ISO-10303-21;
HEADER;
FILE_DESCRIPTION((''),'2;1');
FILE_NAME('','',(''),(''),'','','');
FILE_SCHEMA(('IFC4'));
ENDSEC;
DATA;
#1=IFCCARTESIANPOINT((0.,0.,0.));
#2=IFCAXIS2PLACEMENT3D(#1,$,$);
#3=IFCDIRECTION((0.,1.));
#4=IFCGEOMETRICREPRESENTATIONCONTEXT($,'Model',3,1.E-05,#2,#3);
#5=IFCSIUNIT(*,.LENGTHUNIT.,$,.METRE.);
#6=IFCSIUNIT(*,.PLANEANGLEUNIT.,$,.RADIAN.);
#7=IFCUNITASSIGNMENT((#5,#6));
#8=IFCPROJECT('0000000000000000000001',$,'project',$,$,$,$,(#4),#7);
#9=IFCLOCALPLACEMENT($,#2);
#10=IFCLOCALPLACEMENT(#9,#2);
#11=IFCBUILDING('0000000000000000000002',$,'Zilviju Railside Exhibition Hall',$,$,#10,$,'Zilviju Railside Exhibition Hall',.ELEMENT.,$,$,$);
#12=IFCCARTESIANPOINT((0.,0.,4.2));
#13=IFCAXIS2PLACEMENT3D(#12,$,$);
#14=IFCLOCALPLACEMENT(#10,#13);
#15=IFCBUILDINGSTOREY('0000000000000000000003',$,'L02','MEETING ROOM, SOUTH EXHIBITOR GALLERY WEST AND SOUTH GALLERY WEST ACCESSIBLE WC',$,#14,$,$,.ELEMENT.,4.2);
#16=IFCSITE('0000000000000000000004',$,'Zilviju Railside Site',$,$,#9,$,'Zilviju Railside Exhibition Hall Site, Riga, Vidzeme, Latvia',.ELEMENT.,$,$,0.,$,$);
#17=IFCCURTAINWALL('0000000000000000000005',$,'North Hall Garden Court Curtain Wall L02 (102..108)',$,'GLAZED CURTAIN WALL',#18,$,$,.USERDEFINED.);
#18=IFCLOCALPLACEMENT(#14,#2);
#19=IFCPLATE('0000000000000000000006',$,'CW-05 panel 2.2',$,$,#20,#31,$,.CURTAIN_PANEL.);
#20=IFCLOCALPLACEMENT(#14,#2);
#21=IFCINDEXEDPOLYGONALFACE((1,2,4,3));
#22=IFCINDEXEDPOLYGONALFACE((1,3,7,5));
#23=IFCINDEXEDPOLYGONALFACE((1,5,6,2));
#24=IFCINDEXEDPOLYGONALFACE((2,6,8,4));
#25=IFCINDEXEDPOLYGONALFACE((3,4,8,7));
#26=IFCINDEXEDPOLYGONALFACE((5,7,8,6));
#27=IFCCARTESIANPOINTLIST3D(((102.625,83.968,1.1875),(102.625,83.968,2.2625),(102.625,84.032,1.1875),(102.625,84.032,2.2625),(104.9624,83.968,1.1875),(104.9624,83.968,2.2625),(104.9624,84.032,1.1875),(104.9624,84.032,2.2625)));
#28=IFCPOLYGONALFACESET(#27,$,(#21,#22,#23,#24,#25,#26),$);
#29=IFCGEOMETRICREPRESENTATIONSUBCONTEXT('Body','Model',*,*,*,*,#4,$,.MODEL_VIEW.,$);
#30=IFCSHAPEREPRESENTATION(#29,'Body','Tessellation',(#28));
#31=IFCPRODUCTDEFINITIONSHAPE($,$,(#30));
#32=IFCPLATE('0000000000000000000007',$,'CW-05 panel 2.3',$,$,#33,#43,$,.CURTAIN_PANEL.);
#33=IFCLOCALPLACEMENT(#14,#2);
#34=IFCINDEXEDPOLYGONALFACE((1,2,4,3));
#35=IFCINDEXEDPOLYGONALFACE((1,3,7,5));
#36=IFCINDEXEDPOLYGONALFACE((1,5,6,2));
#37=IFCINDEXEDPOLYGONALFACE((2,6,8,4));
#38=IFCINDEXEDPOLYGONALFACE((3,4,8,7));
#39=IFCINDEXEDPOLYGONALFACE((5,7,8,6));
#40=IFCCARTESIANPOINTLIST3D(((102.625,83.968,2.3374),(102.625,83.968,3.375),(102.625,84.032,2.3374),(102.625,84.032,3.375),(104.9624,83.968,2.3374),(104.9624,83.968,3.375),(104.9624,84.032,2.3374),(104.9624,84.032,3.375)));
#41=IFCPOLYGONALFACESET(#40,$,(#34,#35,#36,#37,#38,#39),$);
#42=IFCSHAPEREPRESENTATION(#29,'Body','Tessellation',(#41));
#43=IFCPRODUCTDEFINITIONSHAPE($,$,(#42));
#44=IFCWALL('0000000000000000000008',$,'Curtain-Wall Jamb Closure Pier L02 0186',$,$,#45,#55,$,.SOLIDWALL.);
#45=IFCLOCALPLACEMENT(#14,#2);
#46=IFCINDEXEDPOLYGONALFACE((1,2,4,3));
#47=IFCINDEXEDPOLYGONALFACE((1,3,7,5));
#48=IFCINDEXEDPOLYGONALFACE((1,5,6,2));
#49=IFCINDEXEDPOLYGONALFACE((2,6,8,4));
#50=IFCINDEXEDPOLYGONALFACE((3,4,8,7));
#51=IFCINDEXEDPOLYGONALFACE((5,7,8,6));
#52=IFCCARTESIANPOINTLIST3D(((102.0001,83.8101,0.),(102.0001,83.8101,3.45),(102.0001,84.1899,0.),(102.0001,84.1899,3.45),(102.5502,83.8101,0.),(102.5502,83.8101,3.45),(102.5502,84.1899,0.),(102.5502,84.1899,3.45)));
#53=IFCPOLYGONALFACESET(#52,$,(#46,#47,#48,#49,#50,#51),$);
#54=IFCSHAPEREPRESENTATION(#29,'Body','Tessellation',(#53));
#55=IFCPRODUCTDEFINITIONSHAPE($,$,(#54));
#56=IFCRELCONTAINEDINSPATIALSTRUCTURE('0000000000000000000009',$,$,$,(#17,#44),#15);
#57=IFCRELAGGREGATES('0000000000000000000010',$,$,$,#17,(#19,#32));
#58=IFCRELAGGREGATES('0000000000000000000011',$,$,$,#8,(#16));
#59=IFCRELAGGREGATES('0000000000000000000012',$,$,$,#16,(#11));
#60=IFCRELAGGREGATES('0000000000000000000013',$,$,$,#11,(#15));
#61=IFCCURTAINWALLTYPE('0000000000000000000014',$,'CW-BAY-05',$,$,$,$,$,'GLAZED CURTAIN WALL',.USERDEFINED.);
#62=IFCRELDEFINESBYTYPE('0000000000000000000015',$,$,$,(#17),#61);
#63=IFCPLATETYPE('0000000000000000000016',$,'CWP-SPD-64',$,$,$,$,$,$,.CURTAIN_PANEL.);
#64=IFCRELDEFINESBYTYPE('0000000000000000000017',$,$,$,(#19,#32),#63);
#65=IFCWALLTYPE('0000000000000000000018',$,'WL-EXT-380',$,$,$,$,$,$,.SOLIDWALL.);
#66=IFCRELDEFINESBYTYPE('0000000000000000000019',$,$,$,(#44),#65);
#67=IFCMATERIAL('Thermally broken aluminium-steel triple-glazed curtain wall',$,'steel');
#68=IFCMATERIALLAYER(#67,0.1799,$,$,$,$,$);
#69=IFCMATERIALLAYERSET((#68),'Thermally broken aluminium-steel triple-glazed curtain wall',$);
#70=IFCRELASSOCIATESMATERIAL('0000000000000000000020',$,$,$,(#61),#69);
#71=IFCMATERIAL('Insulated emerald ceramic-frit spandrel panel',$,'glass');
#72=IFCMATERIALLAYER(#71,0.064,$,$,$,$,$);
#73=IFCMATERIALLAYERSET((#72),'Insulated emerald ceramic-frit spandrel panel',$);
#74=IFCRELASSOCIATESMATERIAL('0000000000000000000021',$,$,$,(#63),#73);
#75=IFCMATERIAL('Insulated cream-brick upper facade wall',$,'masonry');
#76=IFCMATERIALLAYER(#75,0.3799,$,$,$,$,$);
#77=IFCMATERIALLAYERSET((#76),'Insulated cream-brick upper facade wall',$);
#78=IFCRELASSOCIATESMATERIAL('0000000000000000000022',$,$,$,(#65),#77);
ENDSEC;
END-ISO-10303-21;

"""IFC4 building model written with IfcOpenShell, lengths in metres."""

from ifc_helpers import new_model, si_unit, direction, frame, frame_2d, origin, origin_2d, place, context, subcontext, project, spatial, rectangle, extrude, material, layer, layer_set, type_object, element, aggregate, save


model = new_model("IFC4")

# Units and contexts
model_context = context("Model", 3, precision=1e-05, world=origin(), true_north=direction((0.0, 1.0)))
body_context = subcontext(model_context, "Body", "Model", "MODEL_VIEW")
ifc_project = project(units=[si_unit("LENGTHUNIT", "METRE"), si_unit("PLANEANGLEUNIT", "RADIAN")], contexts=[model_context])

# Site, building, storey
site_placement = place(None, origin())
site = spatial("IfcSite", under=ifc_project, at=site_placement, Name="Zilviju Railside Site", LongName="Zilviju Railside Exhibition Hall Site, Riga, Vidzeme, Latvia", CompositionType="ELEMENT", RefElevation=0.0)
building_placement = place(site_placement, origin())
building = spatial("IfcBuilding", under=site, at=building_placement, Name="Zilviju Railside Exhibition Hall", LongName="Zilviju Railside Exhibition Hall", CompositionType="ELEMENT")
storey_placement = place(building_placement, frame((0.0, 0.0, 4.2)))
storey = spatial("IfcBuildingStorey", under=building, at=storey_placement, Name="L02", Description="MEETING ROOM, SOUTH EXHIBITOR GALLERY WEST AND SOUTH GALLERY WEST ACCESSIBLE WC", CompositionType="ELEMENT", Elevation=4.2)

# Curtain wall, plates
ifc_material_1 = material(Name="Thermally broken aluminium-steel triple-glazed curtain wall", Category="steel")
ifc_layer_1 = layer(ifc_material_1, 0.1799)
ifc_layer_set_1 = layer_set([ifc_layer_1], Name="Thermally broken aluminium-steel triple-glazed curtain wall")
curtain_wall_type = type_object("IfcCurtainWallType", Name="CW-BAY-05", ElementType="GLAZED CURTAIN WALL", PredefinedType="USERDEFINED", material=ifc_layer_set_1)
curtain_wall_placement = place(storey_placement, origin())
curtain_wall = element("IfcCurtainWall", 1, at=curtain_wall_placement, inside=storey, type_object=curtain_wall_type, Name="North Hall Garden Court Curtain Wall L02 (102..108)", ObjectType="GLAZED CURTAIN WALL", PredefinedType="USERDEFINED")
ifc_material_2 = material(Name="Insulated emerald ceramic-frit spandrel panel", Category="glass")
ifc_layer_2 = layer(ifc_material_2, 0.064)
ifc_layer_set_2 = layer_set([ifc_layer_2], Name="Insulated emerald ceramic-frit spandrel panel")
plate_type = type_object("IfcPlateType", Name="CWP-SPD-64", PredefinedType="CURTAIN_PANEL", material=ifc_layer_set_2)
plate_1_placement = place(storey_placement, frame((103.7937, 84.0, 1.1875), z_axis=(0.0, 0.0, 1.0), x_axis=(-1.0, 0.0, 0.0)))
plate_1 = element("IfcPlate", 2, at=plate_1_placement, type_object=plate_type, Name="CW-05 panel 2.2", PredefinedType="CURTAIN_PANEL", context=body_context, shape_type="SweptSolid", body=[
    extrude(rectangle(XDim=2.3374, YDim=0.064, at=origin_2d()), origin(), (0.0, 0.0, 1.0), 1.075),
])
plate_2_placement = place(storey_placement, frame((103.7937, 84.0, 2.3374), z_axis=(0.0, 0.0, 1.0), x_axis=(-1.0, 0.0, 0.0)))
plate_2 = element("IfcPlate", 3, at=plate_2_placement, type_object=plate_type, Name="CW-05 panel 2.3", PredefinedType="CURTAIN_PANEL", context=body_context, shape_type="SweptSolid", body=[
    extrude(rectangle(XDim=2.3374, YDim=0.064, at=origin_2d()), origin(), (0.0, 0.0, 1.0), 1.0376),
])
aggregate(curtain_wall, [plate_1, plate_2])

# Wall
ifc_material_3 = material(Name="Insulated cream-brick upper facade wall", Category="masonry")
ifc_layer_3 = layer(ifc_material_3, 0.3799)
ifc_layer_set_3 = layer_set([ifc_layer_3], Name="Insulated cream-brick upper facade wall")
wall_type_1 = type_object("IfcWallType", Name="WL-EXT-380", PredefinedType="SOLIDWALL", material=ifc_layer_set_3)
wall_1_placement = place(storey_placement, frame((102.55, 84.0, 0.0), z_axis=(0.0, 0.0, 1.0), x_axis=(-1.0, 0.0, 0.0)))
element("IfcWall", 4, at=wall_1_placement, inside=storey, type_object=wall_type_1, Name="Curtain-Wall Jamb Closure Pier L02 0186", PredefinedType="SOLIDWALL", context=body_context, shape_type="SweptSolid", body=[
    extrude(rectangle(XDim=0.55, YDim=0.3799, at=frame_2d((0.2749, 0.0))), origin(), (0.0, 0.0, 1.0), 3.45),
])

save(model, "model.ifc")
